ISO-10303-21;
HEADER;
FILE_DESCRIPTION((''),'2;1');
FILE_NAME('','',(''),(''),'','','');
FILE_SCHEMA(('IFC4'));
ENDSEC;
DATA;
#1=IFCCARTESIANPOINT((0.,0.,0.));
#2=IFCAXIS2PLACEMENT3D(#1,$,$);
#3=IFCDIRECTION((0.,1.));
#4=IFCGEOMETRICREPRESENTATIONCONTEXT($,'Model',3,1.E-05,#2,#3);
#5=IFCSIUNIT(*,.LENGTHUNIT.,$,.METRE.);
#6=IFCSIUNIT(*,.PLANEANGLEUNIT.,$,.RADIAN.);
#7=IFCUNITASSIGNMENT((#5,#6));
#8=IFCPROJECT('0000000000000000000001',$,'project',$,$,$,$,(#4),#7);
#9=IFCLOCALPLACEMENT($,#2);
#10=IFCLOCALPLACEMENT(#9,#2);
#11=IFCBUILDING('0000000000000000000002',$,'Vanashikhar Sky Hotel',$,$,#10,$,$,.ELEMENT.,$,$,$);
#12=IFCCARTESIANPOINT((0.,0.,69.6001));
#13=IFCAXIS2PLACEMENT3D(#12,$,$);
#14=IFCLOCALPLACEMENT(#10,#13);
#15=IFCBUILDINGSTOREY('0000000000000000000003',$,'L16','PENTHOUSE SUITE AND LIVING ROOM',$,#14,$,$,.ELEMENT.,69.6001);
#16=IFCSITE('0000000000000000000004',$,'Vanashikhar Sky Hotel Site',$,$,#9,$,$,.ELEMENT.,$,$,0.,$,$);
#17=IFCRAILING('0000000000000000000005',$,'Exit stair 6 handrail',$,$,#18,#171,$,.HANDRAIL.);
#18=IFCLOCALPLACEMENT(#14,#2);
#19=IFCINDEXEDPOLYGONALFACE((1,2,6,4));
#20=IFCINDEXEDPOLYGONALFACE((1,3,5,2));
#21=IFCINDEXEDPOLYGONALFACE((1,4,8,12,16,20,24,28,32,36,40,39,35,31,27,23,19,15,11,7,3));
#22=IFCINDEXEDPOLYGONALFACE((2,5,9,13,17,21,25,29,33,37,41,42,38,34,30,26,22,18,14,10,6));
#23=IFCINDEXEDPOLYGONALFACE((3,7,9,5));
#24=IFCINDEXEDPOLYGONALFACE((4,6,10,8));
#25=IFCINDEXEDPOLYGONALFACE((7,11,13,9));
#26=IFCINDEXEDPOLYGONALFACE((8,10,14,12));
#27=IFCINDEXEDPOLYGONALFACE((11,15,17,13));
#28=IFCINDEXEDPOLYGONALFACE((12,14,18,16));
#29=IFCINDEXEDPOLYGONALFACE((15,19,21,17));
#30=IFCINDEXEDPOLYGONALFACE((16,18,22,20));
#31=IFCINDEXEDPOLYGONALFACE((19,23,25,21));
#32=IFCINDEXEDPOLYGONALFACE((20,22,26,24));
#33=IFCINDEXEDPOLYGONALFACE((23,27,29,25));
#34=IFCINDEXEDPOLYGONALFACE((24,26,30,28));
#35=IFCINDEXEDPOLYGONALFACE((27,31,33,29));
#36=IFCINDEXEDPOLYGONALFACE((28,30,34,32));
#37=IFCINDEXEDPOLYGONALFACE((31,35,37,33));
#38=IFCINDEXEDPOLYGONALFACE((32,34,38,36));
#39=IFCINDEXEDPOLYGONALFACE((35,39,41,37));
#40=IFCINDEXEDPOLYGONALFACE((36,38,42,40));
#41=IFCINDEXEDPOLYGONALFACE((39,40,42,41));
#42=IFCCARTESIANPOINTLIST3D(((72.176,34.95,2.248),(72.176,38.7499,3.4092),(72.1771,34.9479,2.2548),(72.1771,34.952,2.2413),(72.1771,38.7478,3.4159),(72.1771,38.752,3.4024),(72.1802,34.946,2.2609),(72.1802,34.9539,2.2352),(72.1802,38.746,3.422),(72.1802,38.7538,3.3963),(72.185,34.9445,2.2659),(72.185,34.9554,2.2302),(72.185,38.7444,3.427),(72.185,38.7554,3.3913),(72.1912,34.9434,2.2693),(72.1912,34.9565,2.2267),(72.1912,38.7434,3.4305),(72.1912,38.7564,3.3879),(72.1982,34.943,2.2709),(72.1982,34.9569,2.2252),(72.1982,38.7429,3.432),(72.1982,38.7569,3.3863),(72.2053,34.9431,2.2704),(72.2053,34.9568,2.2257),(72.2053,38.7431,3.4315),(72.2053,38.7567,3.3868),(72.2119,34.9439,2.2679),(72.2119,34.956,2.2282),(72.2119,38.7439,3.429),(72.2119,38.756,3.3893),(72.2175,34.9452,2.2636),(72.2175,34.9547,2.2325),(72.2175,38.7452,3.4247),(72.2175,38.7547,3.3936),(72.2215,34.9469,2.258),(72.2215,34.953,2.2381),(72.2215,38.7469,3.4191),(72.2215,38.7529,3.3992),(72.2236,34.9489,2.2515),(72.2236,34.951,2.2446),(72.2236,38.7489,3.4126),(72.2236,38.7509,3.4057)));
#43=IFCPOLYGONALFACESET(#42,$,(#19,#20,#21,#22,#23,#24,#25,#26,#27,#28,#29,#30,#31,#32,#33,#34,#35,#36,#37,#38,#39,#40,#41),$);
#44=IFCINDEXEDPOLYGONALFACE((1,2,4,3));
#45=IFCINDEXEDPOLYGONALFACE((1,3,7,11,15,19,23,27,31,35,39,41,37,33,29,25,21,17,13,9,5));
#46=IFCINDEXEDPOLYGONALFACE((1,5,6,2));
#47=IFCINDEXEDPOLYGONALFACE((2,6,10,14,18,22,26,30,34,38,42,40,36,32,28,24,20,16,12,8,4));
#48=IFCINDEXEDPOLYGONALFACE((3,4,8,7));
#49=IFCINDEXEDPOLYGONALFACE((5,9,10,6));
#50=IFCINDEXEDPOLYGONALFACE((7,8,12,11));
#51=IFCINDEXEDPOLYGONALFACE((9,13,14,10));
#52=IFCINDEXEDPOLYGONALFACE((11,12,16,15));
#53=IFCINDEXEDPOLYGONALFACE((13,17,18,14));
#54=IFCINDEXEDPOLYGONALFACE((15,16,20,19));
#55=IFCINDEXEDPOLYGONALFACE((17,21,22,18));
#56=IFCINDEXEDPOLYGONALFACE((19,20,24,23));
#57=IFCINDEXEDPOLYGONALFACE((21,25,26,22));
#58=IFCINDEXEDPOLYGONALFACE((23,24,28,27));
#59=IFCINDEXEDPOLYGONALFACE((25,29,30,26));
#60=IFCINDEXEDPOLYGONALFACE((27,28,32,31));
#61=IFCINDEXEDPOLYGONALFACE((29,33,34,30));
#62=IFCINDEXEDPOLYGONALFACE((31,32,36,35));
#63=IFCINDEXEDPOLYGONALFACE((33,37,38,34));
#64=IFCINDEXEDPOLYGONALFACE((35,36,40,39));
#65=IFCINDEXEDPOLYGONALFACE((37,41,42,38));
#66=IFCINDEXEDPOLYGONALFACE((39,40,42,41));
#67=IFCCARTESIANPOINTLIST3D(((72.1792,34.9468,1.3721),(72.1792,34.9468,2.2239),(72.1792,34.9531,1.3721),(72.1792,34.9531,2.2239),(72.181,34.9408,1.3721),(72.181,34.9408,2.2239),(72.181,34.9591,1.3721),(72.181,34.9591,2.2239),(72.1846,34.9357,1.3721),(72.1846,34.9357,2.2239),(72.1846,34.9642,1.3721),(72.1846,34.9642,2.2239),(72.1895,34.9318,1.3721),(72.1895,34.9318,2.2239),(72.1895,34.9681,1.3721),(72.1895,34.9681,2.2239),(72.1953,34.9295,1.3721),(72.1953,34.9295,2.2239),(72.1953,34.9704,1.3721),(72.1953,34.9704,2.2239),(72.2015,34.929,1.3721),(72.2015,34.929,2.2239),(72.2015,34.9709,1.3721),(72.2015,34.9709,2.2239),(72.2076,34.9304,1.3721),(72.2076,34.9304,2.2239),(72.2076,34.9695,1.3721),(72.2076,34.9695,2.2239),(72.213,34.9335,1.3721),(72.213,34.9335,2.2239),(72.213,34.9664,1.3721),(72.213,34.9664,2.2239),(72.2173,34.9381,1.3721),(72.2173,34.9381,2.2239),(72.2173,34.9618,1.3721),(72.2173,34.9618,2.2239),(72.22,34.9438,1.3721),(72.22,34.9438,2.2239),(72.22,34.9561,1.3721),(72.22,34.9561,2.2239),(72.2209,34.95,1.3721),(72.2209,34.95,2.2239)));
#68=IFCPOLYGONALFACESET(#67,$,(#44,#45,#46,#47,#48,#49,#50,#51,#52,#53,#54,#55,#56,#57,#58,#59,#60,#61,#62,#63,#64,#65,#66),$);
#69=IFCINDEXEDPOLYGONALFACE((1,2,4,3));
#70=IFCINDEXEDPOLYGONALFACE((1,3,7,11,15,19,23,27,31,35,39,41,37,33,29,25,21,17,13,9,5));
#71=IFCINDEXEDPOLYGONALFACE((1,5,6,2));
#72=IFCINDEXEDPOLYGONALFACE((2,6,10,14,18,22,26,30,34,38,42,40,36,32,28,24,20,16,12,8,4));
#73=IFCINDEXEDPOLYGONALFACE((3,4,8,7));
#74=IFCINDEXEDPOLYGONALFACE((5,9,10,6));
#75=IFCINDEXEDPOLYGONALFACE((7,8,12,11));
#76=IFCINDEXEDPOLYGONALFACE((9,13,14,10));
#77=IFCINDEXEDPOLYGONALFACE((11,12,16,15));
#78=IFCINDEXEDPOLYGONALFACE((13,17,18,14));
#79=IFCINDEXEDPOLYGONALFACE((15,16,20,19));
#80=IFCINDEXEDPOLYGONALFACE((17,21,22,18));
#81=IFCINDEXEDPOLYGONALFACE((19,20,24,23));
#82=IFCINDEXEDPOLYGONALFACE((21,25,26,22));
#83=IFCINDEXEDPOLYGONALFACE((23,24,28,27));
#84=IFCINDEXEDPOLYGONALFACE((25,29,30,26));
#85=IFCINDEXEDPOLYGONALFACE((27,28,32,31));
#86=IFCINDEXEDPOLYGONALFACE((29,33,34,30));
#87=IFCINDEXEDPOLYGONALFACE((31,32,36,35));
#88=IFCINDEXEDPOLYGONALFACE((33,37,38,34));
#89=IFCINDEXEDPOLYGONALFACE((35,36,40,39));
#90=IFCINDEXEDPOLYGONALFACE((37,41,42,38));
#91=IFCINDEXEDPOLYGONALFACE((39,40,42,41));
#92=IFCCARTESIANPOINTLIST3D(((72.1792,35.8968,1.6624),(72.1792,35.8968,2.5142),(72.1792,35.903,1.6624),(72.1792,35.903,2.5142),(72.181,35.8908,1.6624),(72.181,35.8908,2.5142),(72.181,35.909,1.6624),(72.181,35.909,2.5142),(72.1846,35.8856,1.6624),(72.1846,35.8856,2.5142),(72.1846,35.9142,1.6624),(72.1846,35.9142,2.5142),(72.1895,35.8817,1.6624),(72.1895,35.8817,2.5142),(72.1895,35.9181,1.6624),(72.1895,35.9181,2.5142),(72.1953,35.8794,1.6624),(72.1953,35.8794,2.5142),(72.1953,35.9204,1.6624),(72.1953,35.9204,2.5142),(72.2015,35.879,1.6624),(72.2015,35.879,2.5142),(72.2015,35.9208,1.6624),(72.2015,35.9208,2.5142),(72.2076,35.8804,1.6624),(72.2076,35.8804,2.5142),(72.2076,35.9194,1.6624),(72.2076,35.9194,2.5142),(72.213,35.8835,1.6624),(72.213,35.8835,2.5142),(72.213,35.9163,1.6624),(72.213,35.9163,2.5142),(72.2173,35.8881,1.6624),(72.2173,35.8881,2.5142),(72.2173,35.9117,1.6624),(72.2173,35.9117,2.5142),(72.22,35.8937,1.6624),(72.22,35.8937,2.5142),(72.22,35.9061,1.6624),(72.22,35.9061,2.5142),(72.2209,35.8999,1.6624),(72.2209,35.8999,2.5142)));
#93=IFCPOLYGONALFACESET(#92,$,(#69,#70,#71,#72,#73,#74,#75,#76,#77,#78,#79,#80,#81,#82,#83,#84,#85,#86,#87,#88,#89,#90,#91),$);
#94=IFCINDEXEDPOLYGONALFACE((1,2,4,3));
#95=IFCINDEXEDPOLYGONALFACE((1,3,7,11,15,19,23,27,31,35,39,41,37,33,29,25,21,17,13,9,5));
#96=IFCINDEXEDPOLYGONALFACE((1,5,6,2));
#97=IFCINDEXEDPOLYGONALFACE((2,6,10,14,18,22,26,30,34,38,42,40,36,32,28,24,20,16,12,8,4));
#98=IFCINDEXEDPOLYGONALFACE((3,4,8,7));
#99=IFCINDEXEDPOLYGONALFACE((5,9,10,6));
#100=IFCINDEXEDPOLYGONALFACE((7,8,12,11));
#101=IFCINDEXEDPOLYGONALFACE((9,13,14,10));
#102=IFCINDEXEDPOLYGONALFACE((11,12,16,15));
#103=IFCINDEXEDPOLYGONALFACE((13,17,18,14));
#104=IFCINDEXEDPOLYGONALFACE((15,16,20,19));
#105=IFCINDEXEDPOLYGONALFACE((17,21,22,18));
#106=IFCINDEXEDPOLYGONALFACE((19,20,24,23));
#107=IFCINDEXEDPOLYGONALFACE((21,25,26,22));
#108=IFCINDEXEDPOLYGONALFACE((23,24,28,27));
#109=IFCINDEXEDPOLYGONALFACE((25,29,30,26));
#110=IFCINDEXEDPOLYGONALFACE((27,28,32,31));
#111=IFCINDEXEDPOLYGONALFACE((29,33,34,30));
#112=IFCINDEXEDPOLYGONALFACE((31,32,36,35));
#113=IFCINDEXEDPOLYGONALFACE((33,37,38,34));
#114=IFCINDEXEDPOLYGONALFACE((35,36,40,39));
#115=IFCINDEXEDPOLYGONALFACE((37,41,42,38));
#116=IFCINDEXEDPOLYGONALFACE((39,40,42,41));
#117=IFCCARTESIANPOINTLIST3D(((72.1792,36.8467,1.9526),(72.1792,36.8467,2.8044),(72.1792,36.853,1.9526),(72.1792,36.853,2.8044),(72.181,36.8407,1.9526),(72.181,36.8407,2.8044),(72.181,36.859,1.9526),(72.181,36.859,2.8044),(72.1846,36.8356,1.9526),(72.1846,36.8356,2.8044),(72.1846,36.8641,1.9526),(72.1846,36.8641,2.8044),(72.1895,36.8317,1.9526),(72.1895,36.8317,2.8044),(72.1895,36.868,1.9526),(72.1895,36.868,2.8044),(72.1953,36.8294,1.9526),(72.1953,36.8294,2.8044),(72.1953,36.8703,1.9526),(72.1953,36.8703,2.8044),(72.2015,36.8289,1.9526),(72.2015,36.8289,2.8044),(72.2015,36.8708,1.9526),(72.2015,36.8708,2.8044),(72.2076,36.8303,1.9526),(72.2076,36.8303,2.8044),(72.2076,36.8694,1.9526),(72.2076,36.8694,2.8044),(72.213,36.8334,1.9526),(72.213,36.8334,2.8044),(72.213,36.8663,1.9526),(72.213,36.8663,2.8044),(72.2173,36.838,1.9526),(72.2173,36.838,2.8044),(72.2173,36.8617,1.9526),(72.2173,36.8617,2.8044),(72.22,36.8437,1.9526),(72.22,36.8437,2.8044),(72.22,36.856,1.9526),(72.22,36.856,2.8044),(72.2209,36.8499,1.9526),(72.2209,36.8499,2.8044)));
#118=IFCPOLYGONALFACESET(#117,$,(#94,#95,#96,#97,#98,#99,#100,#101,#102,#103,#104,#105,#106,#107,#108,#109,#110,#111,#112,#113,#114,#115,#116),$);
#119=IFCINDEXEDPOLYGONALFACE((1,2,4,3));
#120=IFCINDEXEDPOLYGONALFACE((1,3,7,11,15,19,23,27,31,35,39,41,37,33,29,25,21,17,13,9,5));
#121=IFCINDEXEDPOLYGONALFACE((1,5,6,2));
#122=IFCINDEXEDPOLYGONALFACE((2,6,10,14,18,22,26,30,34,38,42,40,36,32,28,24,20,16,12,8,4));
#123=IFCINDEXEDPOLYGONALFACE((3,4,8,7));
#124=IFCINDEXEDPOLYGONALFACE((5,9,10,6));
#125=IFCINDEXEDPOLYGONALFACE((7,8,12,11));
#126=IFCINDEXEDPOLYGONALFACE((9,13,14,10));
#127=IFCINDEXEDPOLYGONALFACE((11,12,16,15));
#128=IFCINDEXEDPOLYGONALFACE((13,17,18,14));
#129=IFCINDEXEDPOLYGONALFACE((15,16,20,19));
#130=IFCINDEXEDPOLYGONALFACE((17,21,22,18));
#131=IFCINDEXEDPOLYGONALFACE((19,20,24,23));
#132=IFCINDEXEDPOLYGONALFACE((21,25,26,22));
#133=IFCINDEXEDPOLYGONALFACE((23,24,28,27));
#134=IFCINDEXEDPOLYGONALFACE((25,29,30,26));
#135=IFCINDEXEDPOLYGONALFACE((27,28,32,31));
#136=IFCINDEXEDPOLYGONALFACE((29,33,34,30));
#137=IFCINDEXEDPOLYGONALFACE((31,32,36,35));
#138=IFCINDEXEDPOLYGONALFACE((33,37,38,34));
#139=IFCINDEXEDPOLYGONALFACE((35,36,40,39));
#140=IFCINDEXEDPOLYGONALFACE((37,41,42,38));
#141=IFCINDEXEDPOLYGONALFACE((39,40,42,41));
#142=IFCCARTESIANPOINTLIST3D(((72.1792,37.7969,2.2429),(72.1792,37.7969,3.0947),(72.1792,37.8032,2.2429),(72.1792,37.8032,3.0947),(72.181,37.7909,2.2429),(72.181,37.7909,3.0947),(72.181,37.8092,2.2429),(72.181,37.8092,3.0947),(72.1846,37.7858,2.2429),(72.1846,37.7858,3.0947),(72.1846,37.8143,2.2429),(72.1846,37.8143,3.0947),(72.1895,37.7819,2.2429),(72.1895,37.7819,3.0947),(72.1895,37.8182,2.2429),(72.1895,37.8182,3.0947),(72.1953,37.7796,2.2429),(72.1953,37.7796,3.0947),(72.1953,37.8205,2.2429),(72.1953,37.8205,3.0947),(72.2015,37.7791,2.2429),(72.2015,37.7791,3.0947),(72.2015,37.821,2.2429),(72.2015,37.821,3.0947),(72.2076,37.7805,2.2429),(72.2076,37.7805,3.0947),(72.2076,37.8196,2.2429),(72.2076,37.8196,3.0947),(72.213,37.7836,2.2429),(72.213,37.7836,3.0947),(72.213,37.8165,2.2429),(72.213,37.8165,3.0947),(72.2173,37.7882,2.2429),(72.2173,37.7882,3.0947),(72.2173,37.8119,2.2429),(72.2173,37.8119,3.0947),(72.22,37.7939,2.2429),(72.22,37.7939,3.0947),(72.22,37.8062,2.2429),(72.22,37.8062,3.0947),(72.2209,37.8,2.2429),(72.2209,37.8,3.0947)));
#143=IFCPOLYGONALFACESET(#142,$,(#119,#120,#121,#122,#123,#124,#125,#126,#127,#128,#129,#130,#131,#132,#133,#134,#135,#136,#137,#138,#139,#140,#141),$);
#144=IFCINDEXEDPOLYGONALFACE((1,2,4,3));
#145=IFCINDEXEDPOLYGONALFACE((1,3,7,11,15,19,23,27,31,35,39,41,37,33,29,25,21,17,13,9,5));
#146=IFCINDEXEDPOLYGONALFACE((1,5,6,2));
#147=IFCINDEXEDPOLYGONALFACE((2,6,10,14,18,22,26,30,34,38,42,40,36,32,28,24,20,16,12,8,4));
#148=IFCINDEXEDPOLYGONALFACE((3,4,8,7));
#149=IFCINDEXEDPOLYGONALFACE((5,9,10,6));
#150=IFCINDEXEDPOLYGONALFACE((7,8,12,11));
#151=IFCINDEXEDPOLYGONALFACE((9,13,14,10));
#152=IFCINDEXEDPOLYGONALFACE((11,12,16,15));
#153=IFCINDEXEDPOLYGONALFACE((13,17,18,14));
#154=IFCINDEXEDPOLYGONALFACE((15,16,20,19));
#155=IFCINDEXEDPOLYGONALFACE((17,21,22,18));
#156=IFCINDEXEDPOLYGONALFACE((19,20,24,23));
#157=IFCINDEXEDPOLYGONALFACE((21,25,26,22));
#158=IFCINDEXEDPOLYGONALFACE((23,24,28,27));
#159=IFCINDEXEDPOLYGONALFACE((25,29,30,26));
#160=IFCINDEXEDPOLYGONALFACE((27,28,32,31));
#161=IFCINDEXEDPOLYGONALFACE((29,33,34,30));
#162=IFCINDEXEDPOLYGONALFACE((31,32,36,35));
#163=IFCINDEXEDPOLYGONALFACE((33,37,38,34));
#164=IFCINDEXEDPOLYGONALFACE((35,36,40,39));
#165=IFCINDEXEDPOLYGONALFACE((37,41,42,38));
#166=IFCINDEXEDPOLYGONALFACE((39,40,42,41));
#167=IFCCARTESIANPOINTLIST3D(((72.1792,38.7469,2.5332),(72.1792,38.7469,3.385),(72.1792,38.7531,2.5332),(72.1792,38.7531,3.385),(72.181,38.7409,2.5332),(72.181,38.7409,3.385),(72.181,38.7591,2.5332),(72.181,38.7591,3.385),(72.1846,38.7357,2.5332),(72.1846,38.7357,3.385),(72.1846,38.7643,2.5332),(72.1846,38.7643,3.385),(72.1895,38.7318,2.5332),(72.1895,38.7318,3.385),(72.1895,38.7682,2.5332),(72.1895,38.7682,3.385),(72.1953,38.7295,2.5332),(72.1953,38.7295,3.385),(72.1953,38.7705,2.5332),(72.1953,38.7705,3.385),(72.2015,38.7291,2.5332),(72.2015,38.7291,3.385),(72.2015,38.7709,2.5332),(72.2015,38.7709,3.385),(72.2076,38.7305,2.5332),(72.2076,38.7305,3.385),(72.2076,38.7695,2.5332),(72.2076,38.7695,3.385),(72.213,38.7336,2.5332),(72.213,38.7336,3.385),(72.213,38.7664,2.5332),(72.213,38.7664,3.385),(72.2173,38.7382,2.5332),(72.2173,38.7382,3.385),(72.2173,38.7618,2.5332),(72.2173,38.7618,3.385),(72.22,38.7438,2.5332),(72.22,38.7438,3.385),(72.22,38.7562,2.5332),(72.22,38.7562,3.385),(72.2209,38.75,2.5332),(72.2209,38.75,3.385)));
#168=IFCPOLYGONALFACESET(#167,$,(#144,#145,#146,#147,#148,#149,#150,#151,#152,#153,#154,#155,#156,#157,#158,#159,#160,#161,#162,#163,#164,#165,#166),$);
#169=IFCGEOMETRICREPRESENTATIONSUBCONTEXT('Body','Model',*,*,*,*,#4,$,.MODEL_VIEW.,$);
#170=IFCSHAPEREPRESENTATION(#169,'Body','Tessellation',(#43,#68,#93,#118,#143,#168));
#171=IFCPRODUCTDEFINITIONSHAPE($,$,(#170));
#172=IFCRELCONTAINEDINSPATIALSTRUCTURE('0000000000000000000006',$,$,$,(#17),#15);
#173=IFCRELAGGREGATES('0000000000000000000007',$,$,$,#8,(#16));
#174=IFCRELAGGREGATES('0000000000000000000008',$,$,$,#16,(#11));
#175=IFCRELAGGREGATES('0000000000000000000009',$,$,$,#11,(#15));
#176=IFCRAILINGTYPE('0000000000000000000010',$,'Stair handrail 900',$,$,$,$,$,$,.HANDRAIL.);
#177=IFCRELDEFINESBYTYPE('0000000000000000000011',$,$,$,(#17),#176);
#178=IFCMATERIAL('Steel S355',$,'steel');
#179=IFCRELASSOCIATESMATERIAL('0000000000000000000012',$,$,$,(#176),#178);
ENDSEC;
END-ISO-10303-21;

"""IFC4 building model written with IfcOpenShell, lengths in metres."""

from ifc_helpers import new_model, si_unit, direction, frame, origin, origin_2d, place, context, subcontext, project, spatial, circle, extrude, source, transform, mapped, material, type_object, element, save


model = new_model("IFC4")

# Units and contexts
model_context = context("Model", 3, precision=1e-05, world=origin(), true_north=direction((0.0, 1.0)))
body_context = subcontext(model_context, "Body", "Model", "MODEL_VIEW")
ifc_project = project(units=[si_unit("LENGTHUNIT", "METRE"), si_unit("PLANEANGLEUNIT", "RADIAN")], contexts=[model_context])

# Site, building, storey
site_placement = place(None, origin())
site = spatial("IfcSite", under=ifc_project, at=site_placement, Name="Vanashikhar Sky Hotel Site", CompositionType="ELEMENT", RefElevation=0.0)
building_placement = place(site_placement, origin())
building = spatial("IfcBuilding", under=site, at=building_placement, Name="Vanashikhar Sky Hotel", CompositionType="ELEMENT")
storey_placement = place(building_placement, frame((0.0, 0.0, 69.6001)))
storey = spatial("IfcBuildingStorey", under=building, at=storey_placement, Name="L16", Description="PENTHOUSE SUITE AND LIVING ROOM", CompositionType="ELEMENT", Elevation=69.6001)

# Railing
ifc_material_1 = material(Name="Steel S355", Category="steel")
railing_type_1 = type_object("IfcRailingType", Name="Stair handrail 900", PredefinedType="HANDRAIL", material=ifc_material_1)
shared_shape_1 = source(origin(), body_context, "Body", "SweptSolid", [
    extrude(circle(Radius=0.0239, at=origin_2d()), frame((0.0, 0.0, 0.876), z_axis=(0.0, 0.956351, 0.29222), x_axis=(-1.0, 0.0, 0.0)), (0.0, 0.0, 1.0), 3.9734),
    extrude(circle(Radius=0.021, at=origin_2d()), origin(), (0.0, 0.0, 1.0), 0.8518),
    extrude(circle(Radius=0.021, at=origin_2d()), frame((0.0, 0.95, 0.2903)), (0.0, 0.0, 1.0), 0.8518),
    extrude(circle(Radius=0.021, at=origin_2d()), frame((0.0, 1.8999, 0.5806)), (0.0, 0.0, 1.0), 0.8518),
    extrude(circle(Radius=0.021, at=origin_2d()), frame((0.0, 2.8501, 0.8708)), (0.0, 0.0, 1.0), 0.8518),
    extrude(circle(Radius=0.021, at=origin_2d()), frame((0.0, 3.8, 1.1611)), (0.0, 0.0, 1.0), 0.8518),
])
for number, where, name in (
    (1, (72.2, 34.95, 1.3721), "Exit stair 6 handrail"),
):
    element("IfcRailing", number, at=place(storey_placement, frame(where)), inside=storey, type_object=railing_type_1, Name=name, PredefinedType="HANDRAIL", context=body_context, shape_type="MappedRepresentation", body=[
        mapped(shared_shape_1, transform((0.0, 0.0, 0.0), scale=1.0)),
    ])

save(model, "model.ifc")
